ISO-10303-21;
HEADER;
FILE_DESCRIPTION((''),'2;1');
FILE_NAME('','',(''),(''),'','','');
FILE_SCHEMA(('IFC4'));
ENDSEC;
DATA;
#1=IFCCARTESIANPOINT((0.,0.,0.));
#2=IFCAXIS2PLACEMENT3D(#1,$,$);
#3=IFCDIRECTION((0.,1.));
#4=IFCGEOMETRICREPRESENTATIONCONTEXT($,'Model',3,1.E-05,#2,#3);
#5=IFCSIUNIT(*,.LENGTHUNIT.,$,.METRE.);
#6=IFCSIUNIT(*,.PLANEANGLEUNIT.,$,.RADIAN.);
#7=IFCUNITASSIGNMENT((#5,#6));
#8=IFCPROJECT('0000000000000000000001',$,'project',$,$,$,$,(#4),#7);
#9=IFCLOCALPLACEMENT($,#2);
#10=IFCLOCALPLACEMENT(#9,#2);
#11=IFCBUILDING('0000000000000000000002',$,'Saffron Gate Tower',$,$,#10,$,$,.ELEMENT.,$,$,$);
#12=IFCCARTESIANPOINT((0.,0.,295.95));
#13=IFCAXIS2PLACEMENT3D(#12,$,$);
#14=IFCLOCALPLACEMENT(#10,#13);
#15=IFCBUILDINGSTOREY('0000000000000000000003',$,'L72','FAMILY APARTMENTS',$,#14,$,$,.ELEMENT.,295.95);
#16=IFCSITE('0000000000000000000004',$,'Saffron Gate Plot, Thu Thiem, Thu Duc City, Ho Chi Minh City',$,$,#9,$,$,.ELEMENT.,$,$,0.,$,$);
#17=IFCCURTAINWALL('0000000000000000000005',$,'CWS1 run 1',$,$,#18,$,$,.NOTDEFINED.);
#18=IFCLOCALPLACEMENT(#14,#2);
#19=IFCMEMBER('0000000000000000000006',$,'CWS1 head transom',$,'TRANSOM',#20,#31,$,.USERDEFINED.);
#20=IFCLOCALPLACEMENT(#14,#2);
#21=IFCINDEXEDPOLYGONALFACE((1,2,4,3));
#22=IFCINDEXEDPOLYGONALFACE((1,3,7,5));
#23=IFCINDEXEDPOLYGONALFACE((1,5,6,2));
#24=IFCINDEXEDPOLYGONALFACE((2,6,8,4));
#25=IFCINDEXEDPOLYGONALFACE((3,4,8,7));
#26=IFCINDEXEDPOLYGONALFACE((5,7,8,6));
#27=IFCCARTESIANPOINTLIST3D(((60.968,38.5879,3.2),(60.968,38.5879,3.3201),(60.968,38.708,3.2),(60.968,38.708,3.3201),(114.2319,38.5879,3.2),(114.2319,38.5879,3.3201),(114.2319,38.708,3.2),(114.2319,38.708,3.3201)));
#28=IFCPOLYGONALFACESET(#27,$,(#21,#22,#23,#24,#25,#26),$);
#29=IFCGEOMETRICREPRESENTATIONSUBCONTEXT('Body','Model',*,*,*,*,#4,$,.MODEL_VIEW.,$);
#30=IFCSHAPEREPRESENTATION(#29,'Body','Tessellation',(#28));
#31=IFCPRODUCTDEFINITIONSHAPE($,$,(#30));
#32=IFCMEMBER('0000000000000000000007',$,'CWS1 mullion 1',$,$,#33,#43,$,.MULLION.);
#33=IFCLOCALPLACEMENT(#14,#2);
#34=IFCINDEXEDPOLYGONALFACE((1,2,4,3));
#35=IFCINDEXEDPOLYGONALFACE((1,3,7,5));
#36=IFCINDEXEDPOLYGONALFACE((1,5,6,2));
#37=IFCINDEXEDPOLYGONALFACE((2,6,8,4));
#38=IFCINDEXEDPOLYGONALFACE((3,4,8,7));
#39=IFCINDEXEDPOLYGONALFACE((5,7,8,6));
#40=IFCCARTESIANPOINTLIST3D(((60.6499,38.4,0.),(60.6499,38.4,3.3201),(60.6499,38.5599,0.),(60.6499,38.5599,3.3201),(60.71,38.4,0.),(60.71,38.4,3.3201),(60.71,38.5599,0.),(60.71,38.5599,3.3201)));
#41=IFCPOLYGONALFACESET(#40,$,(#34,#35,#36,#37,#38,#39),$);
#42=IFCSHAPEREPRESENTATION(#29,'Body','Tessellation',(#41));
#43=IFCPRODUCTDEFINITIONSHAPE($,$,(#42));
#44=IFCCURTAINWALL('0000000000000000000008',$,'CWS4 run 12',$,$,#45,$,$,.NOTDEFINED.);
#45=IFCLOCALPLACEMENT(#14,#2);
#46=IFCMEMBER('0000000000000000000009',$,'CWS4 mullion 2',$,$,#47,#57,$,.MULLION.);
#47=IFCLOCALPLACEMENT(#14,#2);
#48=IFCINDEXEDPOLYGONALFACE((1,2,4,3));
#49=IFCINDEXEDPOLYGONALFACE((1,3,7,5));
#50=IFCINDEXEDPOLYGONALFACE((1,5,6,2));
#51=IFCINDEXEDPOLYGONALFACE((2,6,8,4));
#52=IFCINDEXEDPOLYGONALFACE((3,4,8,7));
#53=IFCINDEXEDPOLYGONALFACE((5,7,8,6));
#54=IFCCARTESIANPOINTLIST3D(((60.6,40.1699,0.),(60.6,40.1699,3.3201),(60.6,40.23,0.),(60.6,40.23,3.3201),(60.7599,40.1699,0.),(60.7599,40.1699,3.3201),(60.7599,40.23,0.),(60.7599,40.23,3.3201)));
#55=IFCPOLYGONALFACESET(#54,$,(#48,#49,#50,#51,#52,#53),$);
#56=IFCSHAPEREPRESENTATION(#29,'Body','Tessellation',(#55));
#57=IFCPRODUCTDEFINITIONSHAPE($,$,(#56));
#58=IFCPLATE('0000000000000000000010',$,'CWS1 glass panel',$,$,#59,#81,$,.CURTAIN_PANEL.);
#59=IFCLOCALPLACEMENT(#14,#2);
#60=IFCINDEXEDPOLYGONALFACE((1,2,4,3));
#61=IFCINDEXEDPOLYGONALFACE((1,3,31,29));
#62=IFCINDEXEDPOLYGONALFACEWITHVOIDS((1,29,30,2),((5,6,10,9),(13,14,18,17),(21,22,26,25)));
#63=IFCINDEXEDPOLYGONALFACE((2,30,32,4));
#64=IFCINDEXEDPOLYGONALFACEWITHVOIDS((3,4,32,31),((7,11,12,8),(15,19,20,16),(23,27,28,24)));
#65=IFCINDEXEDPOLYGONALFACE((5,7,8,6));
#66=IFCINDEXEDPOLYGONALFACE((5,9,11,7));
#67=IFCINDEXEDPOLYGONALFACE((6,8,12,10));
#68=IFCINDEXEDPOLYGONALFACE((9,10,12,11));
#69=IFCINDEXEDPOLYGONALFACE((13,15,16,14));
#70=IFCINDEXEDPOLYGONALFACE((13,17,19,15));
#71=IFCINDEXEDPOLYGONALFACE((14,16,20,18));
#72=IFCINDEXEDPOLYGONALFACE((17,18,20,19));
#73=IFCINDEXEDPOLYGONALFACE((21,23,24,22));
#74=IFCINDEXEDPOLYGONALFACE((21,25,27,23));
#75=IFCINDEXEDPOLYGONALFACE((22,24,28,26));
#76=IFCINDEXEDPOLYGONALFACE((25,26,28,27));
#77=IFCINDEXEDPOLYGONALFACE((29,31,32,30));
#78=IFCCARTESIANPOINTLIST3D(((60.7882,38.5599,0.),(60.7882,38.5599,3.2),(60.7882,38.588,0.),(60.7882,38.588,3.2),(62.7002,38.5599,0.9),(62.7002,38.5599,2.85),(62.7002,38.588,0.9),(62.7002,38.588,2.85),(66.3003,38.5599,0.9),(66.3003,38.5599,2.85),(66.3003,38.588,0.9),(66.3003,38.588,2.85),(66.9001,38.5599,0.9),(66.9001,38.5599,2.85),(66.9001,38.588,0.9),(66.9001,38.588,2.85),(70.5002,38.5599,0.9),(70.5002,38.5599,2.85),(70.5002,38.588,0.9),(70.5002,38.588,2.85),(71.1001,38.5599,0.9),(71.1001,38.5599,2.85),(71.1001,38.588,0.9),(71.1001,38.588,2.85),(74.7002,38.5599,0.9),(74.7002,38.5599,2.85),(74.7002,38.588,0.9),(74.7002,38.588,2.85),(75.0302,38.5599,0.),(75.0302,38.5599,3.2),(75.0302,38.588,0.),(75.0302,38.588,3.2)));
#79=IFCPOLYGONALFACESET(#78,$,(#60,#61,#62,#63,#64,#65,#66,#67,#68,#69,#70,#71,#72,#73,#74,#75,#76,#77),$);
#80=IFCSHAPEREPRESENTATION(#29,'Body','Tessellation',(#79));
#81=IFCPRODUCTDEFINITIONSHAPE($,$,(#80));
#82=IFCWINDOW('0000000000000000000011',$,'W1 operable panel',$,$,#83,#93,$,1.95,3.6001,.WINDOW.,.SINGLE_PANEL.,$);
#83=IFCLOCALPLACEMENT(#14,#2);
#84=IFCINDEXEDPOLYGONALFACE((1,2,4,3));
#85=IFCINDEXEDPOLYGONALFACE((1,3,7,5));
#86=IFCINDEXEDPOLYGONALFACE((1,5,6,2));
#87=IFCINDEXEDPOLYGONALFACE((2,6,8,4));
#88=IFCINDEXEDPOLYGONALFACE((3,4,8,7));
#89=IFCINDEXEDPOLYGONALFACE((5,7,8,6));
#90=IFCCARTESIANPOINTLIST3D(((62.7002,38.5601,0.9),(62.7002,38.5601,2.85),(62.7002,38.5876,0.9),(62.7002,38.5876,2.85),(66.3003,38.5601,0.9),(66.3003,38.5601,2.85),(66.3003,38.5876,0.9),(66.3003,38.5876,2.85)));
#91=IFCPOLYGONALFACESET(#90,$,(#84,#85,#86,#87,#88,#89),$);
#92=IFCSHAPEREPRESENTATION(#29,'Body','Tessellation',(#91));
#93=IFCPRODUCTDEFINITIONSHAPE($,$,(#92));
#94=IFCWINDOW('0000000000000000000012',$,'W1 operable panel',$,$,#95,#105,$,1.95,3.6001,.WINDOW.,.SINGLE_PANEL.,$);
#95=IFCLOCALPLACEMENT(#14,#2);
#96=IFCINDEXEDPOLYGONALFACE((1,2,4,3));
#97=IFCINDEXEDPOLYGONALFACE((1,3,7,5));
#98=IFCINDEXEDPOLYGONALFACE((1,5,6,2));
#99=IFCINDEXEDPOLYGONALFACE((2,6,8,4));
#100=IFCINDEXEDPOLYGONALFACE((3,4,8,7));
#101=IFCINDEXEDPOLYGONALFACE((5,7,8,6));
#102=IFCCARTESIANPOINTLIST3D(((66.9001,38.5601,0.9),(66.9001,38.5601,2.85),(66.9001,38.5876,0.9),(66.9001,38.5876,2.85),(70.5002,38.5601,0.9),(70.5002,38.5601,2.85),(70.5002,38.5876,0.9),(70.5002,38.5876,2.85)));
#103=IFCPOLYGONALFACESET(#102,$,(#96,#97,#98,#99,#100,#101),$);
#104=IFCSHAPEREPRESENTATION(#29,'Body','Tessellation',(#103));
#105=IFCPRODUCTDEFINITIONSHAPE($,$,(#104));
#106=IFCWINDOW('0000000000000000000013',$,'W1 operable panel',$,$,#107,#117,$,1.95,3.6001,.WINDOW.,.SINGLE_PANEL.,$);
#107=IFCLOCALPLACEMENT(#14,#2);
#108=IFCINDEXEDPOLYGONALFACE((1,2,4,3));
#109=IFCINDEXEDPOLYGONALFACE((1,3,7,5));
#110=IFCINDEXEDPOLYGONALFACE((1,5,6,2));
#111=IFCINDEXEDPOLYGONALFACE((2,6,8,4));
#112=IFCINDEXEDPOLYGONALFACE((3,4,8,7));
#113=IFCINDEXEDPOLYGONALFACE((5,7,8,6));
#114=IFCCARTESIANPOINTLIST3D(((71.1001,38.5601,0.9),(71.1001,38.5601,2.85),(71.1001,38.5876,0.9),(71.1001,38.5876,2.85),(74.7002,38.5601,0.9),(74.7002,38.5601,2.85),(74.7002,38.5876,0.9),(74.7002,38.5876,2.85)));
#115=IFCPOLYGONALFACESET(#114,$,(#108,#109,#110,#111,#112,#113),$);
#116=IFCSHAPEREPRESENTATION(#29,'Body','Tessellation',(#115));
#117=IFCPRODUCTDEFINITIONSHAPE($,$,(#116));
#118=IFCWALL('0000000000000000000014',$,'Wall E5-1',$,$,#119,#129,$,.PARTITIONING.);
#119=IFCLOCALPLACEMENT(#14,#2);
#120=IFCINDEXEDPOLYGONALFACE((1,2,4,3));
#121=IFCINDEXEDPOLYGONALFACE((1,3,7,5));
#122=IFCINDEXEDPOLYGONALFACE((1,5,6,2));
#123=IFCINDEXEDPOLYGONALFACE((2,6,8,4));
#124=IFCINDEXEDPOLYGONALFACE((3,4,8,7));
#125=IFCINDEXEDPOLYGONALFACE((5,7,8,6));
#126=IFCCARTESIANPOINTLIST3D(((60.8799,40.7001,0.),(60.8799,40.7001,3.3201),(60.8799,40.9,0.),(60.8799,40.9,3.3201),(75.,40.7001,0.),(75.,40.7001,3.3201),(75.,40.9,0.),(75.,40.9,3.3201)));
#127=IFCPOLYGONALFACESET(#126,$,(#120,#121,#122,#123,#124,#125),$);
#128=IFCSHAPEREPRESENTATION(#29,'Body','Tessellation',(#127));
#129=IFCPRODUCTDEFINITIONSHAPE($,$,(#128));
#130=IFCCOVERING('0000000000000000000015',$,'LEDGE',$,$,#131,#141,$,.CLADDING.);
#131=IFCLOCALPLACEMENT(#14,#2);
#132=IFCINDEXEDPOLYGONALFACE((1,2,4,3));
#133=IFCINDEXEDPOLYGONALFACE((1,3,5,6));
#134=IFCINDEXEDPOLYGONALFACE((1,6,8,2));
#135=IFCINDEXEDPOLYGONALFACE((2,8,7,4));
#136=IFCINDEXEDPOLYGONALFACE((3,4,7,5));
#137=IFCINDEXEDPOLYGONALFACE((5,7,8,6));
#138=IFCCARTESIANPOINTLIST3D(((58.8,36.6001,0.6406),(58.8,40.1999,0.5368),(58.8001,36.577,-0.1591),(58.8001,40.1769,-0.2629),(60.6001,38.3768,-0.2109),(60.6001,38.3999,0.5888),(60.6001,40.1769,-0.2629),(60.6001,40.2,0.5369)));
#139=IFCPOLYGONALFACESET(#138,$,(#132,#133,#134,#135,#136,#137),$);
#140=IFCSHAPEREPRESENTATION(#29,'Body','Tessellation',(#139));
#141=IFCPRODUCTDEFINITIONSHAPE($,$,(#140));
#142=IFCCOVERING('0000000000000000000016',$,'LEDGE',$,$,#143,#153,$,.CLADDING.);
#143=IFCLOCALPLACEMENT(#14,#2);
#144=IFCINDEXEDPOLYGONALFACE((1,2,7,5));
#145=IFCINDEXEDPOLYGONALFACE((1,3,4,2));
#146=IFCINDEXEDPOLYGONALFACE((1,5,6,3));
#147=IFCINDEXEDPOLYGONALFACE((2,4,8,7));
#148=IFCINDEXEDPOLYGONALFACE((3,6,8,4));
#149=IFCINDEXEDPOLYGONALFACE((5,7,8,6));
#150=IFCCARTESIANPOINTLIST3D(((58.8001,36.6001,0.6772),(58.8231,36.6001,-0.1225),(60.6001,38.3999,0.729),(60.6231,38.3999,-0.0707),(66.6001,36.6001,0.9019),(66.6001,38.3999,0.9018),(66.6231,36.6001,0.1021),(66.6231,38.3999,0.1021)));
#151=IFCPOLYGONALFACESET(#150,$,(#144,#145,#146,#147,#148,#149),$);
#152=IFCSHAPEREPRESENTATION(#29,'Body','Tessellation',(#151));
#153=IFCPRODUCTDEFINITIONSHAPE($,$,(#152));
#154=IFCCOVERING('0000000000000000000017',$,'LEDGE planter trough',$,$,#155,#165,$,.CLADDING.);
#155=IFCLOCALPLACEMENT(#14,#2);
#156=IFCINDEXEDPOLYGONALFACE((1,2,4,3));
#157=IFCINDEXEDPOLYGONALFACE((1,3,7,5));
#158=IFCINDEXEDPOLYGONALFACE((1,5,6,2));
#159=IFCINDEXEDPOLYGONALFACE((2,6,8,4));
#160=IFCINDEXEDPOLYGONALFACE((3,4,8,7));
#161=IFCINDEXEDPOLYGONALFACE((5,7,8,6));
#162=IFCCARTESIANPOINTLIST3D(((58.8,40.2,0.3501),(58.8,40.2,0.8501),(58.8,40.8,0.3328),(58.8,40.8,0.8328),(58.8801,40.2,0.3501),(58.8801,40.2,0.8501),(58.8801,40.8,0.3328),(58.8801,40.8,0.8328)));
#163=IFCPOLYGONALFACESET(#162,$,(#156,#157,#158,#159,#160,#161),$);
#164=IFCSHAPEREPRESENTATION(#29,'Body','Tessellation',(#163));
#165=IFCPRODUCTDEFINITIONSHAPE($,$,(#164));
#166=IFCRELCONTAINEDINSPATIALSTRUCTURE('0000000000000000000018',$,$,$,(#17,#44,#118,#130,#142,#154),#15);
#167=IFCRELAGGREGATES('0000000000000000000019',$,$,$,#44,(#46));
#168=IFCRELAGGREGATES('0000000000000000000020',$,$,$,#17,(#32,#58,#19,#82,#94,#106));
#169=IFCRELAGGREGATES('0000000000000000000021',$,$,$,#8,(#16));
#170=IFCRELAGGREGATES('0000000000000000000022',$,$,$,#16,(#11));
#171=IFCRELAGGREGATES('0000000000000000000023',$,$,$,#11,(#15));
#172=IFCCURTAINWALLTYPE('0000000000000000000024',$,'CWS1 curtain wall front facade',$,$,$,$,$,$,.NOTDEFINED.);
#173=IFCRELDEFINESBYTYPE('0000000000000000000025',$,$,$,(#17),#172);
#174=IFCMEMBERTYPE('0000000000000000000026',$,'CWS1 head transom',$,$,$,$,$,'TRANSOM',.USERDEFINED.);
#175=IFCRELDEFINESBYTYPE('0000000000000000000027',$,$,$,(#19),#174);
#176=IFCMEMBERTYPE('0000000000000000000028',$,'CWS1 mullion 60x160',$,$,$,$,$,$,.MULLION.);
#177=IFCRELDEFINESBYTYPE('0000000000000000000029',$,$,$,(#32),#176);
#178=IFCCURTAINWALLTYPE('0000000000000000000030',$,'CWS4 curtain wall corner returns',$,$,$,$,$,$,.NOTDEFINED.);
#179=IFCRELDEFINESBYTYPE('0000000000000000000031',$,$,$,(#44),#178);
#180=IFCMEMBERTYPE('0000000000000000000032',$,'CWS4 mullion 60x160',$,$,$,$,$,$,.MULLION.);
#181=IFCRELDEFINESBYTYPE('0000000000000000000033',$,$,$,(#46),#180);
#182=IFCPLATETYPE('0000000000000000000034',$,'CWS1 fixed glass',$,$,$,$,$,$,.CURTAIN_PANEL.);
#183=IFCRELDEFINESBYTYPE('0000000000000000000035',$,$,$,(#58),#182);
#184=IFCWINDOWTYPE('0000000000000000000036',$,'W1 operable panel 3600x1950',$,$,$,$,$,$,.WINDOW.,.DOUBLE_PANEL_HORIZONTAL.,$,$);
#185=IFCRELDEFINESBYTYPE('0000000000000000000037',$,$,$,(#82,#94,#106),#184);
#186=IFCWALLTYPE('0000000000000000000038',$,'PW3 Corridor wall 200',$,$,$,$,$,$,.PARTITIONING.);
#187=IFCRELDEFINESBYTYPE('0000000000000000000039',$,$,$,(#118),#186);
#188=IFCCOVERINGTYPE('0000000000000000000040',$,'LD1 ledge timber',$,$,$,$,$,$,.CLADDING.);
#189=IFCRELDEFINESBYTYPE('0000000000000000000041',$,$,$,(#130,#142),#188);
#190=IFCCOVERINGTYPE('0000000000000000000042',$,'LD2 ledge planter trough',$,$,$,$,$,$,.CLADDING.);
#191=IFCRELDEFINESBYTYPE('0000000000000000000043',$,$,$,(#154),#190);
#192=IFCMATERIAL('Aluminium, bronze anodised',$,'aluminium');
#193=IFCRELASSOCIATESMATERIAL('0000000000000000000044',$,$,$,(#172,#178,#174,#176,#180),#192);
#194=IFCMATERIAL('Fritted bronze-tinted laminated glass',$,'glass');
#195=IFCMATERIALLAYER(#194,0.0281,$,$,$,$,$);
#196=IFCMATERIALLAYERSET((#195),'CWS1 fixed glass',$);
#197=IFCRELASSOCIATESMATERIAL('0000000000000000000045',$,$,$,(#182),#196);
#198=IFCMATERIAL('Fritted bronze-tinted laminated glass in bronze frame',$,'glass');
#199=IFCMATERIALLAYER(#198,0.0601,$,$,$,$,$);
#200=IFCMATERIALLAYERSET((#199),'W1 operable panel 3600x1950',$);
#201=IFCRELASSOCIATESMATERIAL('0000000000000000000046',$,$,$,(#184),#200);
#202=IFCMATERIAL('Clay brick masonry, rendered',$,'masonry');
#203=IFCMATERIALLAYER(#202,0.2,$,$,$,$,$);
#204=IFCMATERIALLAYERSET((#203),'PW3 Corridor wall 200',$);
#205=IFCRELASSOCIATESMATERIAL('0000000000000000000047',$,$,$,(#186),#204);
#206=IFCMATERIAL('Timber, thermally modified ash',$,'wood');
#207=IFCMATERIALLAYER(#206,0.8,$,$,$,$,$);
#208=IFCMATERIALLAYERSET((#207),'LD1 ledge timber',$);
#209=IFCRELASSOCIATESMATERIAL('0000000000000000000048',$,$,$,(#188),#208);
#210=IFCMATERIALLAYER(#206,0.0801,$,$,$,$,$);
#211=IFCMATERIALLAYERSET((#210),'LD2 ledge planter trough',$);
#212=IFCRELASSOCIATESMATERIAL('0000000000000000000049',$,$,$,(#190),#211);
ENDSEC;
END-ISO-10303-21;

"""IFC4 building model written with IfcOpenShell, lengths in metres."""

from ifc_helpers import new_model, si_unit, direction, frame, frame_2d, origin, origin_2d, place, context, subcontext, project, spatial, polyline, rectangle, outline, extrude, material, layer, layer_set, material_profile, profile_set, type_object, element, fill, aggregate, save


model = new_model("IFC4")

# Units and contexts
model_context = context("Model", 3, precision=1e-05, world=origin(), true_north=direction((0.0, 1.0)))
body_context = subcontext(model_context, "Body", "Model", "MODEL_VIEW")
ifc_project = project(units=[si_unit("LENGTHUNIT", "METRE"), si_unit("PLANEANGLEUNIT", "RADIAN")], contexts=[model_context])

# Site, building, storey
site_placement = place(None, origin())
site = spatial("IfcSite", under=ifc_project, at=site_placement, Name="Saffron Gate Plot, Thu Thiem, Thu Duc City, Ho Chi Minh City", CompositionType="ELEMENT", RefElevation=0.0)
building_placement = place(site_placement, origin())
building = spatial("IfcBuilding", under=site, at=building_placement, Name="Saffron Gate Tower", CompositionType="ELEMENT")
storey_placement = place(building_placement, frame((0.0, 0.0, 295.95)))
storey = spatial("IfcBuildingStorey", under=building, at=storey_placement, Name="L72", Description="FAMILY APARTMENTS", CompositionType="ELEMENT", Elevation=295.95)

# Curtain wall, members
ifc_material_1 = material(Name="Aluminium, bronze anodised", Category="aluminium")
curtain_wall_type_1 = type_object("IfcCurtainWallType", Name="CWS1 curtain wall front facade", PredefinedType="NOTDEFINED", material=ifc_material_1)
curtain_wall_1_placement = place(storey_placement, origin())
curtain_wall_1 = element("IfcCurtainWall", 1, at=curtain_wall_1_placement, inside=storey, type_object=curtain_wall_type_1, Name="CWS1 run 1", PredefinedType="NOTDEFINED")
ifc_material_profile_1 = material_profile(ifc_material_1, rectangle(XDim=0.1201, YDim=0.1201, at=origin_2d()))
ifc_profile_set_1 = profile_set([ifc_material_profile_1], Name="Aluminium, bronze anodised")
member_type_1 = type_object("IfcMemberType", Name="CWS1 head transom", ElementType="TRANSOM", PredefinedType="USERDEFINED", material=ifc_profile_set_1)
member_1_placement = place(storey_placement, frame((60.968, 38.6479, 3.26), z_axis=(1.0, 0.0, 0.0), x_axis=(0.0, 1.0, 0.0)))
member_1 = element("IfcMember", 2, at=member_1_placement, type_object=member_type_1, Name="CWS1 head transom", ObjectType="TRANSOM", PredefinedType="USERDEFINED", context=body_context, shape_type="SweptSolid", body=[
    extrude(rectangle(XDim=0.1201, YDim=0.1201, at=origin_2d()), origin(), (0.0, 0.0, 1.0), 53.2639),
])
ifc_material_profile_2 = material_profile(ifc_material_1, rectangle(XDim=0.1599, YDim=0.0601, at=origin_2d()))
ifc_profile_set_2 = profile_set([ifc_material_profile_2], Name="Aluminium, bronze anodised")
member_type_2 = type_object("IfcMemberType", Name="CWS1 mullion 60x160", PredefinedType="MULLION", material=ifc_profile_set_2)
member_2_placement = place(storey_placement, frame((60.6799, 38.48, 0.0), z_axis=(0.0, 0.0, 1.0), x_axis=(0.0, 1.0, 0.0)))
member_2 = element("IfcMember", 3, at=member_2_placement, type_object=member_type_2, Name="CWS1 mullion 1", PredefinedType="MULLION", context=body_context, shape_type="SweptSolid", body=[
    extrude(rectangle(XDim=0.1599, YDim=0.0601, at=origin_2d()), origin(), (0.0, 0.0, 1.0), 3.3201),
])

# Curtain wall, member
curtain_wall_type_2 = type_object("IfcCurtainWallType", Name="CWS4 curtain wall corner returns", PredefinedType="NOTDEFINED", material=ifc_material_1)
curtain_wall_2_placement = place(storey_placement, origin())
curtain_wall_2 = element("IfcCurtainWall", 4, at=curtain_wall_2_placement, inside=storey, type_object=curtain_wall_type_2, Name="CWS4 run 12", PredefinedType="NOTDEFINED")
ifc_material_profile_3 = material_profile(ifc_material_1, rectangle(XDim=0.1599, YDim=0.0601, at=origin_2d()))
ifc_profile_set_3 = profile_set([ifc_material_profile_3], Name="Aluminium, bronze anodised")
member_type_3 = type_object("IfcMemberType", Name="CWS4 mullion 60x160", PredefinedType="MULLION", material=ifc_profile_set_3)
member_3_placement = place(storey_placement, frame((60.6799, 40.2, 0.0), z_axis=(0.0, 0.0, 1.0), x_axis=(1.0, 0.0, 0.0)))
member_3 = element("IfcMember", 5, at=member_3_placement, type_object=member_type_3, Name="CWS4 mullion 2", PredefinedType="MULLION", context=body_context, shape_type="SweptSolid", body=[
    extrude(rectangle(XDim=0.1599, YDim=0.0601, at=origin_2d()), origin(), (0.0, 0.0, 1.0), 3.3201),
])
aggregate(curtain_wall_2, [member_3])

# Plate, openings, windows
ifc_material_2 = material(Name="Fritted bronze-tinted laminated glass", Category="glass")
ifc_layer_1 = layer(ifc_material_2, 0.0281)
ifc_layer_set_1 = layer_set([ifc_layer_1], Name="CWS1 fixed glass")
plate_type = type_object("IfcPlateType", Name="CWS1 fixed glass", PredefinedType="CURTAIN_PANEL", material=ifc_layer_set_1)
plate_placement = place(storey_placement, frame((60.7881, 38.574, 0.0), z_axis=(0.0, 0.0, 1.0), x_axis=(1.0, 0.0, 0.0)))
plate = element("IfcPlate", 6, at=plate_placement, type_object=plate_type, Name="CWS1 glass panel", PredefinedType="CURTAIN_PANEL", context=body_context, shape_type="SweptSolid", body=[
    extrude(rectangle(XDim=14.2419, YDim=0.0281, at=frame_2d((7.1211, 0.0))), origin(), (0.0, 0.0, 1.0), 3.2),
])
opening_1_placement = place(plate_placement, frame((1.9121, 0.0, 0.8999)))
opening_1 = element("IfcOpeningElement", 7, at=opening_1_placement, cuts=plate, PredefinedType="OPENING", context=body_context, shape_type="SweptSolid", body=[
    extrude(rectangle(XDim=3.6001, YDim=1.95, at=frame_2d((1.8, 0.9751))), frame((0.0, 0.0239, 0.0), z_axis=(0.0, -1.0, 0.0), x_axis=(1.0, 0.0, 0.0)), (0.0, 0.0, 1.0), 0.0481),
])
opening_2_placement = place(plate_placement, frame((6.1121, 0.0, 0.8999)))
opening_2 = element("IfcOpeningElement", 8, at=opening_2_placement, cuts=plate, PredefinedType="OPENING", context=body_context, shape_type="SweptSolid", body=[
    extrude(rectangle(XDim=3.6001, YDim=1.95, at=frame_2d((1.8, 0.9751))), frame((0.0, 0.0239, 0.0), z_axis=(0.0, -1.0, 0.0), x_axis=(1.0, 0.0, 0.0)), (0.0, 0.0, 1.0), 0.0481),
])
opening_3_placement = place(plate_placement, frame((10.312, 0.0, 0.8999)))
opening_3 = element("IfcOpeningElement", 9, at=opening_3_placement, cuts=plate, PredefinedType="OPENING", context=body_context, shape_type="SweptSolid", body=[
    extrude(rectangle(XDim=3.6001, YDim=1.95, at=frame_2d((1.8, 0.9751))), frame((0.0, 0.0239, 0.0), z_axis=(0.0, -1.0, 0.0), x_axis=(1.0, 0.0, 0.0)), (0.0, 0.0, 1.0), 0.0481),
])
ifc_material_3 = material(Name="Fritted bronze-tinted laminated glass in bronze frame", Category="glass")
ifc_layer_2 = layer(ifc_material_3, 0.0601)
ifc_layer_set_2 = layer_set([ifc_layer_2], Name="W1 operable panel 3600x1950")
window_type = type_object("IfcWindowType", Name="W1 operable panel 3600x1950", PartitioningType="DOUBLE_PANEL_HORIZONTAL", PredefinedType="WINDOW", material=ifc_layer_set_2)
window_1_placement = place(opening_1_placement, origin())
window_1 = element("IfcWindow", 10, at=window_1_placement, type_object=window_type, Name="W1 operable panel", OverallHeight=1.95, OverallWidth=3.6001, PartitioningType="SINGLE_PANEL", PredefinedType="WINDOW", context=body_context, shape_type="SweptSolid", body=[
    extrude(rectangle(XDim=3.6001, YDim=1.95, at=frame_2d((1.8, 0.9751))), frame((0.0, 0.0137, 0.0), z_axis=(0.0, -1.0, 0.0), x_axis=(1.0, 0.0, 0.0)), (0.0, 0.0, 1.0), 0.0276),
])
fill(opening_1, window_1)
window_2_placement = place(opening_2_placement, origin())
window_2 = element("IfcWindow", 11, at=window_2_placement, type_object=window_type, Name="W1 operable panel", OverallHeight=1.95, OverallWidth=3.6001, PartitioningType="SINGLE_PANEL", PredefinedType="WINDOW", context=body_context, shape_type="SweptSolid", body=[
    extrude(rectangle(XDim=3.6001, YDim=1.95, at=frame_2d((1.8, 0.9751))), frame((0.0, 0.0137, 0.0), z_axis=(0.0, -1.0, 0.0), x_axis=(1.0, 0.0, 0.0)), (0.0, 0.0, 1.0), 0.0276),
])
fill(opening_2, window_2)
window_3_placement = place(opening_3_placement, origin())
window_3 = element("IfcWindow", 12, at=window_3_placement, type_object=window_type, Name="W1 operable panel", OverallHeight=1.95, OverallWidth=3.6001, PartitioningType="SINGLE_PANEL", PredefinedType="WINDOW", context=body_context, shape_type="SweptSolid", body=[
    extrude(rectangle(XDim=3.6001, YDim=1.95, at=frame_2d((1.8, 0.9751))), frame((0.0, 0.0137, 0.0), z_axis=(0.0, -1.0, 0.0), x_axis=(1.0, 0.0, 0.0)), (0.0, 0.0, 1.0), 0.0276),
])
fill(opening_3, window_3)
aggregate(curtain_wall_1, [member_2, plate, member_1, window_1, window_2, window_3])

# Wall
ifc_material_4 = material(Name="Clay brick masonry, rendered", Category="masonry")
ifc_layer_3 = layer(ifc_material_4, 0.2)
ifc_layer_set_3 = layer_set([ifc_layer_3], Name="PW3 Corridor wall 200")
wall_type = type_object("IfcWallType", Name="PW3 Corridor wall 200", PredefinedType="PARTITIONING", material=ifc_layer_set_3)
wall_placement = place(storey_placement, frame((60.8799, 40.8, 0.0), z_axis=(0.0, 0.0, 1.0), x_axis=(1.0, 0.0, 0.0)))
element("IfcWall", 13, at=wall_placement, inside=storey, type_object=wall_type, Name="Wall E5-1", PredefinedType="PARTITIONING", context=body_context, shape_type="SweptSolid", body=[
    extrude(rectangle(XDim=14.1201, YDim=0.2, at=frame_2d((7.0601, 0.0))), origin(), (0.0, 0.0, 1.0), 3.3201),
])

# Coverings
ifc_material_5 = material(Name="Timber, thermally modified ash", Category="wood")
ifc_layer_4 = layer(ifc_material_5, 0.8)
ifc_layer_set_4 = layer_set([ifc_layer_4], Name="LD1 ledge timber")
covering_type_1 = type_object("IfcCoveringType", Name="LD1 ledge timber", PredefinedType="CLADDING", material=ifc_layer_set_4)
covering_1_placement = place(storey_placement, frame((60.6001, 40.2, 0.5369), z_axis=(-0.000044, 0.028833, 0.999584), x_axis=(0.0, -0.999584, 0.028833)))
element("IfcCovering", 14, at=covering_1_placement, inside=storey, type_object=covering_type_1, Name="LEDGE", PredefinedType="CLADDING", context=body_context, shape_type="SweptSolid", body=[
    extrude(outline(polyline([(0.0, 0.0), (1.8008, 0.0), (3.6013, -1.8), (0.0, -1.8), (0.0, 0.0)])), origin(), (0.0, 0.0, -1.0), 0.8),
])
covering_2_placement = place(storey_placement, frame((60.6001, 38.3999, 0.729), z_axis=(-0.028789, 0.000024, 0.999585), x_axis=(0.999585, 0.0, 0.028789)))
element("IfcCovering", 15, at=covering_2_placement, inside=storey, type_object=covering_type_1, Name="LEDGE", PredefinedType="CLADDING", context=body_context, shape_type="SweptSolid", body=[
    extrude(outline(polyline([(0.0, 0.0), (6.0025, 0.0), (6.0025, -1.7998), (-1.8008, -1.7998), (0.0, 0.0)])), origin(), (0.0, 0.0, -1.0), 0.8),
])
ifc_layer_5 = layer(ifc_material_5, 0.0801)
ifc_layer_set_5 = layer_set([ifc_layer_5], Name="LD2 ledge planter trough")
covering_type_2 = type_object("IfcCoveringType", Name="LD2 ledge planter trough", PredefinedType="CLADDING", material=ifc_layer_set_5)
covering_3_placement = place(storey_placement, frame((58.8, 40.8, 0.3328), z_axis=(-1.0, 0.0, 0.0), x_axis=(0.0, -0.999583, 0.028873)))
element("IfcCovering", 16, at=covering_3_placement, inside=storey, type_object=covering_type_2, Name="LEDGE planter trough", PredefinedType="CLADDING", context=body_context, shape_type="SweptSolid", body=[
    extrude(outline(polyline([(0.0, 0.0), (0.6003, 0.0), (0.6148, 0.4998), (0.0144, 0.4998), (0.0, 0.0)])), origin(), (0.0, 0.0, -1.0), 0.0801),
])

save(model, "model.ifc")
